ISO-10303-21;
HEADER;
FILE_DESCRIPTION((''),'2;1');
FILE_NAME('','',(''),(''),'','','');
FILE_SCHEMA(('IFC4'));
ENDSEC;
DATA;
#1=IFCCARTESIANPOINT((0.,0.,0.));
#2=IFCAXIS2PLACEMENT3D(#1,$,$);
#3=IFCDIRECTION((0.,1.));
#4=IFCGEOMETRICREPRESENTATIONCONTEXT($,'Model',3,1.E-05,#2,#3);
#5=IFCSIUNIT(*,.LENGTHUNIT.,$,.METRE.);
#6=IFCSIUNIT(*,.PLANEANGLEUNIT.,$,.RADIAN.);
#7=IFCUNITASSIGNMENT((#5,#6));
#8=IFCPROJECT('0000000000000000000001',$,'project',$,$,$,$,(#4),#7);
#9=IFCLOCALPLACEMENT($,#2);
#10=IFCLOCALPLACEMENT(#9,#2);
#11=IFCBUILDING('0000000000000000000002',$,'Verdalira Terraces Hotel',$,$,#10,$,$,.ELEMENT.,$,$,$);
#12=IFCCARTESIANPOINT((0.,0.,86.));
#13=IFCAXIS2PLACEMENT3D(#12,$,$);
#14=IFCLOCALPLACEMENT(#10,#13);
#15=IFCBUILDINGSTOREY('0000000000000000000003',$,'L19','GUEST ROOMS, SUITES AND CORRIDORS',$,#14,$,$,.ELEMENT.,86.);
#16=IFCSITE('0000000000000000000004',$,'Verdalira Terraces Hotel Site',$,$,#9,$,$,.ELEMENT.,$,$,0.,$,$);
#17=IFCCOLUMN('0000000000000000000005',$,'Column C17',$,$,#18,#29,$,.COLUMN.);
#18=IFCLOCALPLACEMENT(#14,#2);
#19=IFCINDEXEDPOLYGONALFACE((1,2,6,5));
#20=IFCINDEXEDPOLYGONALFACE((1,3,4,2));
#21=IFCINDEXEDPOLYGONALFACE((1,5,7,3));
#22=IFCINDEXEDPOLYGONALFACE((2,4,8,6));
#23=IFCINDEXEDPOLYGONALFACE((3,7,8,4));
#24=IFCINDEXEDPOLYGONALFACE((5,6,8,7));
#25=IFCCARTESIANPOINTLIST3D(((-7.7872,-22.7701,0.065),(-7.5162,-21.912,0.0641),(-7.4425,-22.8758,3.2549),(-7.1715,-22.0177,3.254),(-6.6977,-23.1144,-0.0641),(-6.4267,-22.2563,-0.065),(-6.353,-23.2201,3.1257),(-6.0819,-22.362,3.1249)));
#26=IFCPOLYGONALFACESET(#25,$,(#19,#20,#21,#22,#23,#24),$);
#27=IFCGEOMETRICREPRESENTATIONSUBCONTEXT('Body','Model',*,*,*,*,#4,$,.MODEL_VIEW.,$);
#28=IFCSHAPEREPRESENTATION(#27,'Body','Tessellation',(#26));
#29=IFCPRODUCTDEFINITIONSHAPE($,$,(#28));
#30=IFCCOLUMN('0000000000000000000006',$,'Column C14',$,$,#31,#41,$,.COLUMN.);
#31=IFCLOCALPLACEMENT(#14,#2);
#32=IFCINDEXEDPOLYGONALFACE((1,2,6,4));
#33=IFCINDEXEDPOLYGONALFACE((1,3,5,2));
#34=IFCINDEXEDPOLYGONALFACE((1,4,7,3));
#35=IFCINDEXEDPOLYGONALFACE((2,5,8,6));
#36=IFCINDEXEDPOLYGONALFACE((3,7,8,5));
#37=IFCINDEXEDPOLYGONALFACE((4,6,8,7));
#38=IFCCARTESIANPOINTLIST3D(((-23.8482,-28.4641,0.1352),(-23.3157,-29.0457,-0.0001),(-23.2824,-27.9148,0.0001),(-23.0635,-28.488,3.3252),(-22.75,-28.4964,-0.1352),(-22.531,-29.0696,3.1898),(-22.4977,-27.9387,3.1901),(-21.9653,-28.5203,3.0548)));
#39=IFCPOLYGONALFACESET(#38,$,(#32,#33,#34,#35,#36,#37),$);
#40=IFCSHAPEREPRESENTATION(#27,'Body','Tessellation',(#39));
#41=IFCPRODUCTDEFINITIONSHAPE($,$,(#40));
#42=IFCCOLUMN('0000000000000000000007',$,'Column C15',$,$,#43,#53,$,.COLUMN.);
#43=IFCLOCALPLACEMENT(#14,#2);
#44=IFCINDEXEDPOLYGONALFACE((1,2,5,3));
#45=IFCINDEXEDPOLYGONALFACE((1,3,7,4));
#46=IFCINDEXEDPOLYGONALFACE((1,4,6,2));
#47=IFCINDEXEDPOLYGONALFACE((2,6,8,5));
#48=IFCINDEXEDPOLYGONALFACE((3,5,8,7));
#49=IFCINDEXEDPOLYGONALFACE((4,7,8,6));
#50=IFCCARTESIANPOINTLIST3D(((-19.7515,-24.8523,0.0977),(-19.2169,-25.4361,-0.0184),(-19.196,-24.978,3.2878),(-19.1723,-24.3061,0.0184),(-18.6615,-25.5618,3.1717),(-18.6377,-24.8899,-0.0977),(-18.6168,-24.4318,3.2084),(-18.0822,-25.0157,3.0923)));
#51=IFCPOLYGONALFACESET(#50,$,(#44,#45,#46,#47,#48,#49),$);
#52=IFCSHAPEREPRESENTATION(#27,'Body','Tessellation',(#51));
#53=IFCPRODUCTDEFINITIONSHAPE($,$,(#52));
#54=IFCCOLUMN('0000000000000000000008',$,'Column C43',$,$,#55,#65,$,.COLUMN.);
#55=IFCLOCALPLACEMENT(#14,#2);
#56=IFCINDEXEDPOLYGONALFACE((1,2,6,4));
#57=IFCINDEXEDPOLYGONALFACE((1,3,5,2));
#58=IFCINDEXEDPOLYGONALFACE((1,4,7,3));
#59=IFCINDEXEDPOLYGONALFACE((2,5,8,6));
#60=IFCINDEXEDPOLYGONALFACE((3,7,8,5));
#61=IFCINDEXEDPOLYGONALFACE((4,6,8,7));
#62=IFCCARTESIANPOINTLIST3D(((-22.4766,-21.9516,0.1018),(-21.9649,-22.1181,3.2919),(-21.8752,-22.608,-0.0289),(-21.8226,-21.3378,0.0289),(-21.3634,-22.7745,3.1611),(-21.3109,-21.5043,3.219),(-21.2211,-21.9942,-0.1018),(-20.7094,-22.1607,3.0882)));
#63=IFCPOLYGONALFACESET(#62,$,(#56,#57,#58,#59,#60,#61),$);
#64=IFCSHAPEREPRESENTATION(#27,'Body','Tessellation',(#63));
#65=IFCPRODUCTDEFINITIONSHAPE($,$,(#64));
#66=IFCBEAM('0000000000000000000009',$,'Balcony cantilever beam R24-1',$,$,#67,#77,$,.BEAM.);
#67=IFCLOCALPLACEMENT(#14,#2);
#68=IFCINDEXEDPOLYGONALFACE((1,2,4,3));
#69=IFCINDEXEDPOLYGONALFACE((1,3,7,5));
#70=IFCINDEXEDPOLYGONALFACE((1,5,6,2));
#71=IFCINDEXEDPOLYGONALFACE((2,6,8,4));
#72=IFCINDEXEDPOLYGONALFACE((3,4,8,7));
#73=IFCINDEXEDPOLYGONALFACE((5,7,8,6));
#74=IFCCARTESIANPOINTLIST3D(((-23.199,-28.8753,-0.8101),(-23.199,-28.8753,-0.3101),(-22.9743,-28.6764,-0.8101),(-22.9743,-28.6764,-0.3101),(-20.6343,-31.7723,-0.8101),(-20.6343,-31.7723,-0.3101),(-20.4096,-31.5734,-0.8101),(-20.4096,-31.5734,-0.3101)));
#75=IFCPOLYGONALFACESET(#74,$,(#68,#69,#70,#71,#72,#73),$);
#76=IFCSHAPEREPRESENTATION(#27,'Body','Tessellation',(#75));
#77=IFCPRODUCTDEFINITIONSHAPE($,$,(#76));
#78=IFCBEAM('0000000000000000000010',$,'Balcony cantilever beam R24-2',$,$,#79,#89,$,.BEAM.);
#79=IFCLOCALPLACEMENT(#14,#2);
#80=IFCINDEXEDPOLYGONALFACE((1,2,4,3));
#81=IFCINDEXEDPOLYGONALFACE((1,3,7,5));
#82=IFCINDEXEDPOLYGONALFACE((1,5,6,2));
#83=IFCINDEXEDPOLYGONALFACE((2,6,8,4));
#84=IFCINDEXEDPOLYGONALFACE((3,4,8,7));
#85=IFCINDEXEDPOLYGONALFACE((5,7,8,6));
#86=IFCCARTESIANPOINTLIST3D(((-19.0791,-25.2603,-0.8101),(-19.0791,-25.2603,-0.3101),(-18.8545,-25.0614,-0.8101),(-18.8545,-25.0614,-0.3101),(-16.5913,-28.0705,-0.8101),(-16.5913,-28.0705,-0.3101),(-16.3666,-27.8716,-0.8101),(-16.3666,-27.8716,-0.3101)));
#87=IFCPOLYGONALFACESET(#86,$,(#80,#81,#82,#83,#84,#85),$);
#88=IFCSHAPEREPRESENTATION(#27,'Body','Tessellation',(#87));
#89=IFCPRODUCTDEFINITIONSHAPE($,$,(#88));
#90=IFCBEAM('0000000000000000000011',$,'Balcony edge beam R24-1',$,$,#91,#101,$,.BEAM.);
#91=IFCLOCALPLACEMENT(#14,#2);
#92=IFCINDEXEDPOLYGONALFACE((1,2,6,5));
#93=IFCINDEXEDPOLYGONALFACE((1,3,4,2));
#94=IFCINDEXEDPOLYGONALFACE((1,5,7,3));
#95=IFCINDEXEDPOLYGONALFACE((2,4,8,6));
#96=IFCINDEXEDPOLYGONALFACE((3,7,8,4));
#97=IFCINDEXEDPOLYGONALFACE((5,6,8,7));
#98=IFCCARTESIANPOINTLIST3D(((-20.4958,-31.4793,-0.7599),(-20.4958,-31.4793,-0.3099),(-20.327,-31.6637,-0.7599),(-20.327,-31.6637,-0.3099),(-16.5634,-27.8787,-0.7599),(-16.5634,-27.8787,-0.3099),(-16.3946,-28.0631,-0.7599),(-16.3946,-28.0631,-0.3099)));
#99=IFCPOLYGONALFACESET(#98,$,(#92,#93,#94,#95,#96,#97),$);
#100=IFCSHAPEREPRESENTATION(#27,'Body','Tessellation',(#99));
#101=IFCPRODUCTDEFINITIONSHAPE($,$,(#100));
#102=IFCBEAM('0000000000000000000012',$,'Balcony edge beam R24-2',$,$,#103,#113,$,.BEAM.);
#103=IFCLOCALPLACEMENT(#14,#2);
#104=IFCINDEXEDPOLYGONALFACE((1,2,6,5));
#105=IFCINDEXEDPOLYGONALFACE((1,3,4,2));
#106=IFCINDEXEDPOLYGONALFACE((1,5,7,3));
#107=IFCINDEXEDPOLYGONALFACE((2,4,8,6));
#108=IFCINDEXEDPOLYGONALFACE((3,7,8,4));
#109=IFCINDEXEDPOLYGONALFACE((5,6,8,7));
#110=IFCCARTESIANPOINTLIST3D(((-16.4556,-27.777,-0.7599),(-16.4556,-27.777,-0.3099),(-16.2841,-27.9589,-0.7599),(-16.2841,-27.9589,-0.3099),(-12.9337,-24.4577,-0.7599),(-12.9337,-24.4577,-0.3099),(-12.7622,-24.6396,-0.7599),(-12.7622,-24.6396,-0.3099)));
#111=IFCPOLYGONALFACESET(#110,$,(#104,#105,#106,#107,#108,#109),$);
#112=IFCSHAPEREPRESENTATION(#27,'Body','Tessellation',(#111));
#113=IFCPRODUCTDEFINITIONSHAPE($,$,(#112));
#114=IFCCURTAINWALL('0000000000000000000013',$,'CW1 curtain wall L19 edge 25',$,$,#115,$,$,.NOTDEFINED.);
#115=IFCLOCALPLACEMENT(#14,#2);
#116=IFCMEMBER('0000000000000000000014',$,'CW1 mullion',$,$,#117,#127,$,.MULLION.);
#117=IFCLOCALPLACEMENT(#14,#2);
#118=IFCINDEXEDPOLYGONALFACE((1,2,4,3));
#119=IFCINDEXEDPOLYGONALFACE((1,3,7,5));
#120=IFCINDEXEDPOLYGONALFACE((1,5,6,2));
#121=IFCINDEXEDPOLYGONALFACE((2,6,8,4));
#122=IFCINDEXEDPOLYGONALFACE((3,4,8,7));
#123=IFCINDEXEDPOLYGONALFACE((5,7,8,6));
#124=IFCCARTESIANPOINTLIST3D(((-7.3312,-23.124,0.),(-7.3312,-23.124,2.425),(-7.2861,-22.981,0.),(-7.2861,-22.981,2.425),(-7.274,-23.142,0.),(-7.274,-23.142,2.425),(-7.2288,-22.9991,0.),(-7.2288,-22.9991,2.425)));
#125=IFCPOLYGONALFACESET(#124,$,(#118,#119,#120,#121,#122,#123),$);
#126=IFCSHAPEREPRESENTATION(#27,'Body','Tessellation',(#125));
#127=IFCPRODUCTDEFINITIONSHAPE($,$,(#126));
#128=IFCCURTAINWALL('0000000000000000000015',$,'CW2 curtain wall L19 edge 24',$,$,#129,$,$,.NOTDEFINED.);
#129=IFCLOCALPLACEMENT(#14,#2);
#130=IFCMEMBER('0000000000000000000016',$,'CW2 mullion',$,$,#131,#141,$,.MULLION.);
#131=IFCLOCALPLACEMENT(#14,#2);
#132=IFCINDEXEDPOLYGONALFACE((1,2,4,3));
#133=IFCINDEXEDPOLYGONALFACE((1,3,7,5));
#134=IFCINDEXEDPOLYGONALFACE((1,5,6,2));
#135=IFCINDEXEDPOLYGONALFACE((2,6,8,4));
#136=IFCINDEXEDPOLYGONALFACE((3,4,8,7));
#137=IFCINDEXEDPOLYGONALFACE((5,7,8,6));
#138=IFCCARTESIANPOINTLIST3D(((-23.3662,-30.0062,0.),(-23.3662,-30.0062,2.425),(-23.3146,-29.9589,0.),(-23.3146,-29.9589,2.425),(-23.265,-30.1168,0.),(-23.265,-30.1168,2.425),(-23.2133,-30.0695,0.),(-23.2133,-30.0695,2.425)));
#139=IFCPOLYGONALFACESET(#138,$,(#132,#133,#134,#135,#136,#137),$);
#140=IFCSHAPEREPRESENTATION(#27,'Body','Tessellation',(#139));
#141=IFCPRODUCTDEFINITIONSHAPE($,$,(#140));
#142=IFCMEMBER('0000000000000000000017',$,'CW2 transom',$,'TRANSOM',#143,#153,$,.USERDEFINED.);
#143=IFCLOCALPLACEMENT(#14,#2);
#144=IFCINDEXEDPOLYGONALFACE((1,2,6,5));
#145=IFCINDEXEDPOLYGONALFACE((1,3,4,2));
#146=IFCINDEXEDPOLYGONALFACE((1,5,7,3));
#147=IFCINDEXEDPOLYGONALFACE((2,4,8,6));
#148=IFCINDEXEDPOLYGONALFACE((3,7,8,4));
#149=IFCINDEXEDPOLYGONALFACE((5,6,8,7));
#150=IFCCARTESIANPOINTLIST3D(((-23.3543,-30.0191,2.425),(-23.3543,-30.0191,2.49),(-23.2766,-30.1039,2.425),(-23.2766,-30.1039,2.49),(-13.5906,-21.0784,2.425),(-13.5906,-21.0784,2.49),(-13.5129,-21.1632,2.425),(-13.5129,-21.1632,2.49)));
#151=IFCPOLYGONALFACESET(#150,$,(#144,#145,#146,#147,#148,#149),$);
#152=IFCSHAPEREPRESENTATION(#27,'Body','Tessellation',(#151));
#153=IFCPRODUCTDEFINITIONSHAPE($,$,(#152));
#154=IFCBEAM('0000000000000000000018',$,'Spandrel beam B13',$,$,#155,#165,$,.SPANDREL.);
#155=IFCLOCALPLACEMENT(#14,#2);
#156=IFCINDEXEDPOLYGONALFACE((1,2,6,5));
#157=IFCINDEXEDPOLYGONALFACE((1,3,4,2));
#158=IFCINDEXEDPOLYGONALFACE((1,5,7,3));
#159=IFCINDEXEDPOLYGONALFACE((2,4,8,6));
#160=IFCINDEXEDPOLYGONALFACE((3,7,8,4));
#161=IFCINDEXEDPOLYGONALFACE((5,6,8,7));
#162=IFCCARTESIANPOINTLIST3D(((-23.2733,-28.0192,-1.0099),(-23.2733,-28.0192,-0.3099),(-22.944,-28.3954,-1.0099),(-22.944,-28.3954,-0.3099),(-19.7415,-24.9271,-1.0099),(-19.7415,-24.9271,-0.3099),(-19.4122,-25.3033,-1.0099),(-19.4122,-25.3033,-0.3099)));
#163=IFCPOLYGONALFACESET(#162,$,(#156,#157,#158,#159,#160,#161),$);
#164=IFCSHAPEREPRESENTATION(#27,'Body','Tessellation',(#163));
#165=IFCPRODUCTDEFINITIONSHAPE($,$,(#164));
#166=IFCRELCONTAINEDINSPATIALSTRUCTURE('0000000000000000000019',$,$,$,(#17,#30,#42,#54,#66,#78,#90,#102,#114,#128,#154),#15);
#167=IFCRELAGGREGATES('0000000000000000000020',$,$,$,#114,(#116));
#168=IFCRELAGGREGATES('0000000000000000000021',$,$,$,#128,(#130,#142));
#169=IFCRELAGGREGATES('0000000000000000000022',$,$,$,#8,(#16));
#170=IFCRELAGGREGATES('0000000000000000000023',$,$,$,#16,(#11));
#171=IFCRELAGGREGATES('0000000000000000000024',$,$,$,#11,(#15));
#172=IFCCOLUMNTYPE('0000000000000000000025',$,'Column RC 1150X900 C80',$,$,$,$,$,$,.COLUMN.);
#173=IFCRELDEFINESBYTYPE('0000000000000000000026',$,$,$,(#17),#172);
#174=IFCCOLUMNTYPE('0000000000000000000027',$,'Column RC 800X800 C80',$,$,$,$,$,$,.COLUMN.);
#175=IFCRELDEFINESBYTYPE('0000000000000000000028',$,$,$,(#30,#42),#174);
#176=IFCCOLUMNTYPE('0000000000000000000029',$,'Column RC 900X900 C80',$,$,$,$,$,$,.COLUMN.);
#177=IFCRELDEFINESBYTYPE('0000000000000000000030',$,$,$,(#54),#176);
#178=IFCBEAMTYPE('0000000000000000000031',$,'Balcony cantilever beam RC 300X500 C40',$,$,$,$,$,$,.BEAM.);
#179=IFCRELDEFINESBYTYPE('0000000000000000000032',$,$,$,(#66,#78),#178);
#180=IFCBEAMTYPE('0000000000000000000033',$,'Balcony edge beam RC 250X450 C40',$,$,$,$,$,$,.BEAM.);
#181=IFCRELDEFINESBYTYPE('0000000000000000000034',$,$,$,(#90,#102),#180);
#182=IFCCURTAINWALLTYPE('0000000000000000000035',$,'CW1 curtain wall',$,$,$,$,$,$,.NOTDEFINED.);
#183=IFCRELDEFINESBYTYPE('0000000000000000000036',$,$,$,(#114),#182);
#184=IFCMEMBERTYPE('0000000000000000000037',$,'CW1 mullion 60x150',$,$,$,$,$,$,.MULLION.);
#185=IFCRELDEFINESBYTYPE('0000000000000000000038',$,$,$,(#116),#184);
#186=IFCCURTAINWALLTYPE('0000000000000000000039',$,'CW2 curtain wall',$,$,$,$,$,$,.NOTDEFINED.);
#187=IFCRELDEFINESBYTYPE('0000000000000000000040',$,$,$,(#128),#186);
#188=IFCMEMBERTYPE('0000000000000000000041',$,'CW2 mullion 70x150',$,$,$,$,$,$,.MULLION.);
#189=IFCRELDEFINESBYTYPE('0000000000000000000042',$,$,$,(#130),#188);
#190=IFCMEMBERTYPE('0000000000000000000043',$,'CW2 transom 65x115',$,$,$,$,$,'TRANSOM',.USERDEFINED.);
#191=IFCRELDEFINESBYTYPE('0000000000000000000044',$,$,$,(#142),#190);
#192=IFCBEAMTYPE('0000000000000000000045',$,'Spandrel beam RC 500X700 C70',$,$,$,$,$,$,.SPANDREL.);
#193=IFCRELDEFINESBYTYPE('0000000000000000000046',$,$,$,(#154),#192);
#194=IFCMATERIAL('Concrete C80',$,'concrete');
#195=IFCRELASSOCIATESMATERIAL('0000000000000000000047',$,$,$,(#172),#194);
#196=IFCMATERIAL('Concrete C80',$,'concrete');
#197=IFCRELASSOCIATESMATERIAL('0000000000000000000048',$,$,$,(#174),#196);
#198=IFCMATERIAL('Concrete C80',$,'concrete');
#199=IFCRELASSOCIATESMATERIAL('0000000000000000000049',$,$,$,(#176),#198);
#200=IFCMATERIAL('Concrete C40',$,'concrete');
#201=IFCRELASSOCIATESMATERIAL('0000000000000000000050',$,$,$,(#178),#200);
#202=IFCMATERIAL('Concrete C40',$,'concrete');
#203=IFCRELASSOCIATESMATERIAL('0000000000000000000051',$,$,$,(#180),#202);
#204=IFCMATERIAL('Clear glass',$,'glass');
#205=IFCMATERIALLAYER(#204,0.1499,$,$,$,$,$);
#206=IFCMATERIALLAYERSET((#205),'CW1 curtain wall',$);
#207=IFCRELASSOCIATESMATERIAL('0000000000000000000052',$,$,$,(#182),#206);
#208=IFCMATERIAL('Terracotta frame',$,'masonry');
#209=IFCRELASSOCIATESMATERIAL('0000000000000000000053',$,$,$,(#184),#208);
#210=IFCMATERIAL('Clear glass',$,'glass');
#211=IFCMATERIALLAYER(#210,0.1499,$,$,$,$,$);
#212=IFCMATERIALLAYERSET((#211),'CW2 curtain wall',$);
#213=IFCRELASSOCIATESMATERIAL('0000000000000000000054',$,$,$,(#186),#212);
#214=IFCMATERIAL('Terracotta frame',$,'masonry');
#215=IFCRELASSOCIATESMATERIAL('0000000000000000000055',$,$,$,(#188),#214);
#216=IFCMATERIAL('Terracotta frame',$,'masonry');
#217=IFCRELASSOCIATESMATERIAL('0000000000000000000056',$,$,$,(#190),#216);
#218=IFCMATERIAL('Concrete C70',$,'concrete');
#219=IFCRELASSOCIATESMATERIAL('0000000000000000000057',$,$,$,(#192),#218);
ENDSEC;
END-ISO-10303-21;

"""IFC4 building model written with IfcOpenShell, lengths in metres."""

from ifc_helpers import new_model, si_unit, direction, frame, origin, origin_2d, place, context, subcontext, project, spatial, rectangle, extrude, material, layer, layer_set, material_profile, profile_set, type_object, element, aggregate, save


model = new_model("IFC4")

# Units and contexts
model_context = context("Model", 3, precision=1e-05, world=origin(), true_north=direction((0.0, 1.0)))
body_context = subcontext(model_context, "Body", "Model", "MODEL_VIEW")
ifc_project = project(units=[si_unit("LENGTHUNIT", "METRE"), si_unit("PLANEANGLEUNIT", "RADIAN")], contexts=[model_context])

# Site, building, storey
site_placement = place(None, origin())
site = spatial("IfcSite", under=ifc_project, at=site_placement, Name="Verdalira Terraces Hotel Site", CompositionType="ELEMENT", RefElevation=0.0)
building_placement = place(site_placement, origin())
building = spatial("IfcBuilding", under=site, at=building_placement, Name="Verdalira Terraces Hotel", CompositionType="ELEMENT")
storey_placement = place(building_placement, frame((0.0, 0.0, 86.0)))
storey = spatial("IfcBuildingStorey", under=building, at=storey_placement, Name="L19", Description="GUEST ROOMS, SUITES AND CORRIDORS", CompositionType="ELEMENT", Elevation=86.0)

# Columns
ifc_material_1 = material(Name="Concrete C80", Category="concrete")
ifc_material_profile_1 = material_profile(ifc_material_1, rectangle(XDim=1.1499, YDim=0.8999, at=origin_2d()), Name="RC 1150X900")
ifc_profile_set_1 = profile_set([ifc_material_profile_1], Name="Concrete C80")
column_type_1 = type_object("IfcColumnType", Name="Column RC 1150X900 C80", PredefinedType="COLUMN", material=ifc_profile_set_1)
column_1_placement = place(storey_placement, frame((-7.1069, -22.5132, 0.0), z_axis=(0.107383, -0.03293, 0.993672), x_axis=(0.947501, -0.299377, -0.112315)))
element("IfcColumn", 1, at=column_1_placement, inside=storey, type_object=column_type_1, Name="Column C17", PredefinedType="COLUMN", context=body_context, shape_type="SweptSolid", body=[
    extrude(rectangle(XDim=1.1499, YDim=0.8999, at=origin_2d()), origin(), (0.0, 0.0, 1.0), 3.2102),
])
ifc_material_2 = material(Name="Concrete C80", Category="concrete")
ifc_material_profile_2 = material_profile(ifc_material_2, rectangle(XDim=0.8, YDim=0.8, at=origin_2d()), Name="RC 800X800")
ifc_profile_set_2 = profile_set([ifc_material_profile_2], Name="Concrete C80")
column_type_2 = type_object("IfcColumnType", Name="Column RC 800X800 C80", PredefinedType="COLUMN", material=ifc_profile_set_2)
column_2_placement = place(storey_placement, frame((-23.2991, -28.4802, 0.0), z_axis=(0.238855, -0.007283, 0.971028), x_axis=(0.707141, 0.68663, -0.168794)))
element("IfcColumn", 2, at=column_2_placement, inside=storey, type_object=column_type_2, Name="Column C14", PredefinedType="COLUMN", context=body_context, shape_type="SweptSolid", body=[
    extrude(rectangle(XDim=0.8, YDim=0.8, at=origin_2d()), origin(), (0.0, 0.0, 1.0), 3.2852),
])
column_3_placement = place(storey_placement, frame((-19.1946, -24.8711, 0.0), z_axis=(0.171406, -0.038802, 0.984436), x_axis=(0.72398, 0.682659, -0.099149)))
element("IfcColumn", 3, at=column_3_placement, inside=storey, type_object=column_type_2, Name="Column C15", PredefinedType="COLUMN", context=body_context, shape_type="SweptSolid", body=[
    extrude(rectangle(XDim=0.8, YDim=0.8, at=origin_2d()), origin(), (0.0, 0.0, 1.0), 3.2405),
])
ifc_material_3 = material(Name="Concrete C80", Category="concrete")
ifc_material_profile_3 = material_profile(ifc_material_3, rectangle(XDim=0.8999, YDim=0.8999, at=origin_2d()), Name="RC 900X900")
ifc_profile_set_3 = profile_set([ifc_material_profile_3], Name="Concrete C80")
column_type_3 = type_object("IfcColumnType", Name="Column RC 900X900 C80", PredefinedType="COLUMN", material=ifc_profile_set_3)
column_4_placement = place(storey_placement, frame((-21.8489, -21.9729, 0.0), z_axis=(0.158181, -0.051469, 0.986068), x_axis=(-0.72679, -0.682068, 0.080987)))
element("IfcColumn", 4, at=column_4_placement, inside=storey, type_object=column_type_3, Name="Column C43", PredefinedType="COLUMN", context=body_context, shape_type="SweptSolid", body=[
    extrude(rectangle(XDim=0.8999, YDim=0.8999, at=origin_2d()), origin(), (0.0, 0.0, 1.0), 3.2351),
])

# Beams
ifc_material_4 = material(Name="Concrete C40", Category="concrete")
ifc_material_profile_4 = material_profile(ifc_material_4, rectangle(XDim=0.3, YDim=0.5, at=origin_2d()), Name="RC 300X500")
ifc_profile_set_4 = profile_set([ifc_material_profile_4], Name="Concrete C40")
beam_type_1 = type_object("IfcBeamType", Name="Balcony cantilever beam RC 300X500 C40", PredefinedType="BEAM", material=ifc_profile_set_4)
beam_1_placement = place(storey_placement, frame((-23.0867, -28.7759, -0.5601), z_axis=(0.662862, -0.748741, 0.0), x_axis=(0.748741, 0.662862, 0.0)))
element("IfcBeam", 5, at=beam_1_placement, inside=storey, type_object=beam_type_1, Name="Balcony cantilever beam R24-1", PredefinedType="BEAM", context=body_context, shape_type="SweptSolid", body=[
    extrude(rectangle(XDim=0.3, YDim=0.5, at=origin_2d()), origin(), (0.0, 0.0, 1.0), 3.8691),
])
beam_2_placement = place(storey_placement, frame((-18.9668, -25.1609, -0.5601), z_axis=(0.662869, -0.748736, 0.0), x_axis=(0.748736, 0.662869, 0.0)))
element("IfcBeam", 6, at=beam_2_placement, inside=storey, type_object=beam_type_1, Name="Balcony cantilever beam R24-2", PredefinedType="BEAM", context=body_context, shape_type="SweptSolid", body=[
    extrude(rectangle(XDim=0.3, YDim=0.5, at=origin_2d()), origin(), (0.0, 0.0, 1.0), 3.7532),
])
ifc_material_5 = material(Name="Concrete C40", Category="concrete")
ifc_material_profile_5 = material_profile(ifc_material_5, rectangle(XDim=0.25, YDim=0.45, at=origin_2d()), Name="RC 250X450")
ifc_profile_set_5 = profile_set([ifc_material_profile_5], Name="Concrete C40")
beam_type_2 = type_object("IfcBeamType", Name="Balcony edge beam RC 250X450 C40", PredefinedType="BEAM", material=ifc_profile_set_5)
beam_3_placement = place(storey_placement, frame((-20.4114, -31.5715, -0.5349), z_axis=(0.737536, 0.675308, 0.0), x_axis=(-0.675308, 0.737536, 0.0)))
element("IfcBeam", 7, at=beam_3_placement, inside=storey, type_object=beam_type_2, Name="Balcony edge beam R24-1", PredefinedType="BEAM", context=body_context, shape_type="SweptSolid", body=[
    extrude(rectangle(XDim=0.25, YDim=0.45, at=origin_2d()), origin(), (0.0, 0.0, 1.0), 5.3318),
])
beam_4_placement = place(storey_placement, frame((-16.3699, -27.8679, -0.5349), z_axis=(0.727732, 0.685862, 0.0), x_axis=(-0.685862, 0.727732, 0.0)))
element("IfcBeam", 8, at=beam_4_placement, inside=storey, type_object=beam_type_2, Name="Balcony edge beam R24-2", PredefinedType="BEAM", context=body_context, shape_type="SweptSolid", body=[
    extrude(rectangle(XDim=0.25, YDim=0.45, at=origin_2d()), origin(), (0.0, 0.0, 1.0), 4.8396),
])

# Curtain wall, member
ifc_material_6 = material(Name="Clear glass", Category="glass")
ifc_layer_1 = layer(ifc_material_6, 0.1499)
ifc_layer_set_1 = layer_set([ifc_layer_1], Name="CW1 curtain wall")
curtain_wall_type_1 = type_object("IfcCurtainWallType", Name="CW1 curtain wall", PredefinedType="NOTDEFINED", material=ifc_layer_set_1)
curtain_wall_1_placement = place(storey_placement, origin())
curtain_wall_1 = element("IfcCurtainWall", 9, at=curtain_wall_1_placement, inside=storey, type_object=curtain_wall_type_1, Name="CW1 curtain wall L19 edge 25", PredefinedType="NOTDEFINED")
ifc_material_7 = material(Name="Terracotta frame", Category="masonry")
ifc_material_profile_6 = material_profile(ifc_material_7, rectangle(XDim=0.0601, YDim=0.1499, at=origin_2d()), Name="MU 60x150")
ifc_profile_set_6 = profile_set([ifc_material_profile_6], Name="Terracotta frame")
member_type_1 = type_object("IfcMemberType", Name="CW1 mullion 60x150", PredefinedType="MULLION", material=ifc_profile_set_6)
member_1_placement = place(storey_placement, frame((-7.28, -23.0615, 0.0), z_axis=(0.0, 0.0, 1.0), x_axis=(0.953612, -0.301039, 0.0)))
member_1 = element("IfcMember", 10, at=member_1_placement, type_object=member_type_1, Name="CW1 mullion", PredefinedType="MULLION", context=body_context, shape_type="SweptSolid", body=[
    extrude(rectangle(XDim=0.0601, YDim=0.1499, at=origin_2d()), origin(), (0.0, 0.0, 1.0), 2.425),
])

# Curtain wall, members
ifc_material_8 = material(Name="Clear glass", Category="glass")
ifc_layer_2 = layer(ifc_material_8, 0.1499)
ifc_layer_set_2 = layer_set([ifc_layer_2], Name="CW2 curtain wall")
curtain_wall_type_2 = type_object("IfcCurtainWallType", Name="CW2 curtain wall", PredefinedType="NOTDEFINED", material=ifc_layer_set_2)
curtain_wall_2_placement = place(storey_placement, origin())
curtain_wall_2 = element("IfcCurtainWall", 11, at=curtain_wall_2_placement, inside=storey, type_object=curtain_wall_type_2, Name="CW2 curtain wall L19 edge 24", PredefinedType="NOTDEFINED")
ifc_material_9 = material(Name="Terracotta frame", Category="masonry")
ifc_material_profile_7 = material_profile(ifc_material_9, rectangle(XDim=0.0701, YDim=0.1499, at=origin_2d()), Name="MU 70x150")
ifc_profile_set_7 = profile_set([ifc_material_profile_7], Name="Terracotta frame")
member_type_2 = type_object("IfcMemberType", Name="CW2 mullion 70x150", PredefinedType="MULLION", material=ifc_profile_set_7)
member_2_placement = place(storey_placement, frame((-23.2898, -30.0378, 0.0), z_axis=(0.0, 0.0, 1.0), x_axis=(0.737513, 0.675333, 0.0)))
member_2 = element("IfcMember", 12, at=member_2_placement, type_object=member_type_2, Name="CW2 mullion", PredefinedType="MULLION", context=body_context, shape_type="SweptSolid", body=[
    extrude(rectangle(XDim=0.0701, YDim=0.1499, at=origin_2d()), origin(), (0.0, 0.0, 1.0), 2.425),
])
ifc_material_10 = material(Name="Terracotta frame", Category="masonry")
ifc_material_profile_8 = material_profile(ifc_material_10, rectangle(XDim=0.115, YDim=0.0649, at=origin_2d()), Name="TR 65x115")
ifc_profile_set_8 = profile_set([ifc_material_profile_8], Name="Terracotta frame")
member_type_3 = type_object("IfcMemberType", Name="CW2 transom 65x115", ElementType="TRANSOM", PredefinedType="USERDEFINED", material=ifc_profile_set_8)
member_3_placement = place(storey_placement, frame((-23.3154, -30.0615, 2.4575), z_axis=(0.737506, 0.67534, 0.0), x_axis=(-0.67534, 0.737506, 0.0)))
member_3 = element("IfcMember", 13, at=member_3_placement, type_object=member_type_3, Name="CW2 transom", ObjectType="TRANSOM", PredefinedType="USERDEFINED", context=body_context, shape_type="SweptSolid", body=[
    extrude(rectangle(XDim=0.115, YDim=0.0649, at=origin_2d()), origin(), (0.0, 0.0, 1.0), 13.2388),
])

# Beam
ifc_material_11 = material(Name="Concrete C70", Category="concrete")
ifc_material_profile_9 = material_profile(ifc_material_11, rectangle(XDim=0.5, YDim=0.7, at=origin_2d()), Name="RC 500X700")
ifc_profile_set_9 = profile_set([ifc_material_profile_9], Name="Concrete C70")
beam_type_3 = type_object("IfcBeamType", Name="Spandrel beam RC 500X700 C70", PredefinedType="SPANDREL", material=ifc_profile_set_9)
beam_5_placement = place(storey_placement, frame((-23.1086, -28.2073, -0.6599), z_axis=(0.75239, 0.658718, 0.0), x_axis=(-0.658718, 0.75239, 0.0)))
element("IfcBeam", 14, at=beam_5_placement, inside=storey, type_object=beam_type_3, Name="Spandrel beam B13", PredefinedType="SPANDREL", context=body_context, shape_type="SweptSolid", body=[
    extrude(rectangle(XDim=0.5, YDim=0.7, at=origin_2d()), origin(), (0.0, 0.0, 1.0), 4.6941),
])

aggregate(curtain_wall_1, [member_1])
aggregate(curtain_wall_2, [member_2, member_3])

save(model, "model.ifc")
